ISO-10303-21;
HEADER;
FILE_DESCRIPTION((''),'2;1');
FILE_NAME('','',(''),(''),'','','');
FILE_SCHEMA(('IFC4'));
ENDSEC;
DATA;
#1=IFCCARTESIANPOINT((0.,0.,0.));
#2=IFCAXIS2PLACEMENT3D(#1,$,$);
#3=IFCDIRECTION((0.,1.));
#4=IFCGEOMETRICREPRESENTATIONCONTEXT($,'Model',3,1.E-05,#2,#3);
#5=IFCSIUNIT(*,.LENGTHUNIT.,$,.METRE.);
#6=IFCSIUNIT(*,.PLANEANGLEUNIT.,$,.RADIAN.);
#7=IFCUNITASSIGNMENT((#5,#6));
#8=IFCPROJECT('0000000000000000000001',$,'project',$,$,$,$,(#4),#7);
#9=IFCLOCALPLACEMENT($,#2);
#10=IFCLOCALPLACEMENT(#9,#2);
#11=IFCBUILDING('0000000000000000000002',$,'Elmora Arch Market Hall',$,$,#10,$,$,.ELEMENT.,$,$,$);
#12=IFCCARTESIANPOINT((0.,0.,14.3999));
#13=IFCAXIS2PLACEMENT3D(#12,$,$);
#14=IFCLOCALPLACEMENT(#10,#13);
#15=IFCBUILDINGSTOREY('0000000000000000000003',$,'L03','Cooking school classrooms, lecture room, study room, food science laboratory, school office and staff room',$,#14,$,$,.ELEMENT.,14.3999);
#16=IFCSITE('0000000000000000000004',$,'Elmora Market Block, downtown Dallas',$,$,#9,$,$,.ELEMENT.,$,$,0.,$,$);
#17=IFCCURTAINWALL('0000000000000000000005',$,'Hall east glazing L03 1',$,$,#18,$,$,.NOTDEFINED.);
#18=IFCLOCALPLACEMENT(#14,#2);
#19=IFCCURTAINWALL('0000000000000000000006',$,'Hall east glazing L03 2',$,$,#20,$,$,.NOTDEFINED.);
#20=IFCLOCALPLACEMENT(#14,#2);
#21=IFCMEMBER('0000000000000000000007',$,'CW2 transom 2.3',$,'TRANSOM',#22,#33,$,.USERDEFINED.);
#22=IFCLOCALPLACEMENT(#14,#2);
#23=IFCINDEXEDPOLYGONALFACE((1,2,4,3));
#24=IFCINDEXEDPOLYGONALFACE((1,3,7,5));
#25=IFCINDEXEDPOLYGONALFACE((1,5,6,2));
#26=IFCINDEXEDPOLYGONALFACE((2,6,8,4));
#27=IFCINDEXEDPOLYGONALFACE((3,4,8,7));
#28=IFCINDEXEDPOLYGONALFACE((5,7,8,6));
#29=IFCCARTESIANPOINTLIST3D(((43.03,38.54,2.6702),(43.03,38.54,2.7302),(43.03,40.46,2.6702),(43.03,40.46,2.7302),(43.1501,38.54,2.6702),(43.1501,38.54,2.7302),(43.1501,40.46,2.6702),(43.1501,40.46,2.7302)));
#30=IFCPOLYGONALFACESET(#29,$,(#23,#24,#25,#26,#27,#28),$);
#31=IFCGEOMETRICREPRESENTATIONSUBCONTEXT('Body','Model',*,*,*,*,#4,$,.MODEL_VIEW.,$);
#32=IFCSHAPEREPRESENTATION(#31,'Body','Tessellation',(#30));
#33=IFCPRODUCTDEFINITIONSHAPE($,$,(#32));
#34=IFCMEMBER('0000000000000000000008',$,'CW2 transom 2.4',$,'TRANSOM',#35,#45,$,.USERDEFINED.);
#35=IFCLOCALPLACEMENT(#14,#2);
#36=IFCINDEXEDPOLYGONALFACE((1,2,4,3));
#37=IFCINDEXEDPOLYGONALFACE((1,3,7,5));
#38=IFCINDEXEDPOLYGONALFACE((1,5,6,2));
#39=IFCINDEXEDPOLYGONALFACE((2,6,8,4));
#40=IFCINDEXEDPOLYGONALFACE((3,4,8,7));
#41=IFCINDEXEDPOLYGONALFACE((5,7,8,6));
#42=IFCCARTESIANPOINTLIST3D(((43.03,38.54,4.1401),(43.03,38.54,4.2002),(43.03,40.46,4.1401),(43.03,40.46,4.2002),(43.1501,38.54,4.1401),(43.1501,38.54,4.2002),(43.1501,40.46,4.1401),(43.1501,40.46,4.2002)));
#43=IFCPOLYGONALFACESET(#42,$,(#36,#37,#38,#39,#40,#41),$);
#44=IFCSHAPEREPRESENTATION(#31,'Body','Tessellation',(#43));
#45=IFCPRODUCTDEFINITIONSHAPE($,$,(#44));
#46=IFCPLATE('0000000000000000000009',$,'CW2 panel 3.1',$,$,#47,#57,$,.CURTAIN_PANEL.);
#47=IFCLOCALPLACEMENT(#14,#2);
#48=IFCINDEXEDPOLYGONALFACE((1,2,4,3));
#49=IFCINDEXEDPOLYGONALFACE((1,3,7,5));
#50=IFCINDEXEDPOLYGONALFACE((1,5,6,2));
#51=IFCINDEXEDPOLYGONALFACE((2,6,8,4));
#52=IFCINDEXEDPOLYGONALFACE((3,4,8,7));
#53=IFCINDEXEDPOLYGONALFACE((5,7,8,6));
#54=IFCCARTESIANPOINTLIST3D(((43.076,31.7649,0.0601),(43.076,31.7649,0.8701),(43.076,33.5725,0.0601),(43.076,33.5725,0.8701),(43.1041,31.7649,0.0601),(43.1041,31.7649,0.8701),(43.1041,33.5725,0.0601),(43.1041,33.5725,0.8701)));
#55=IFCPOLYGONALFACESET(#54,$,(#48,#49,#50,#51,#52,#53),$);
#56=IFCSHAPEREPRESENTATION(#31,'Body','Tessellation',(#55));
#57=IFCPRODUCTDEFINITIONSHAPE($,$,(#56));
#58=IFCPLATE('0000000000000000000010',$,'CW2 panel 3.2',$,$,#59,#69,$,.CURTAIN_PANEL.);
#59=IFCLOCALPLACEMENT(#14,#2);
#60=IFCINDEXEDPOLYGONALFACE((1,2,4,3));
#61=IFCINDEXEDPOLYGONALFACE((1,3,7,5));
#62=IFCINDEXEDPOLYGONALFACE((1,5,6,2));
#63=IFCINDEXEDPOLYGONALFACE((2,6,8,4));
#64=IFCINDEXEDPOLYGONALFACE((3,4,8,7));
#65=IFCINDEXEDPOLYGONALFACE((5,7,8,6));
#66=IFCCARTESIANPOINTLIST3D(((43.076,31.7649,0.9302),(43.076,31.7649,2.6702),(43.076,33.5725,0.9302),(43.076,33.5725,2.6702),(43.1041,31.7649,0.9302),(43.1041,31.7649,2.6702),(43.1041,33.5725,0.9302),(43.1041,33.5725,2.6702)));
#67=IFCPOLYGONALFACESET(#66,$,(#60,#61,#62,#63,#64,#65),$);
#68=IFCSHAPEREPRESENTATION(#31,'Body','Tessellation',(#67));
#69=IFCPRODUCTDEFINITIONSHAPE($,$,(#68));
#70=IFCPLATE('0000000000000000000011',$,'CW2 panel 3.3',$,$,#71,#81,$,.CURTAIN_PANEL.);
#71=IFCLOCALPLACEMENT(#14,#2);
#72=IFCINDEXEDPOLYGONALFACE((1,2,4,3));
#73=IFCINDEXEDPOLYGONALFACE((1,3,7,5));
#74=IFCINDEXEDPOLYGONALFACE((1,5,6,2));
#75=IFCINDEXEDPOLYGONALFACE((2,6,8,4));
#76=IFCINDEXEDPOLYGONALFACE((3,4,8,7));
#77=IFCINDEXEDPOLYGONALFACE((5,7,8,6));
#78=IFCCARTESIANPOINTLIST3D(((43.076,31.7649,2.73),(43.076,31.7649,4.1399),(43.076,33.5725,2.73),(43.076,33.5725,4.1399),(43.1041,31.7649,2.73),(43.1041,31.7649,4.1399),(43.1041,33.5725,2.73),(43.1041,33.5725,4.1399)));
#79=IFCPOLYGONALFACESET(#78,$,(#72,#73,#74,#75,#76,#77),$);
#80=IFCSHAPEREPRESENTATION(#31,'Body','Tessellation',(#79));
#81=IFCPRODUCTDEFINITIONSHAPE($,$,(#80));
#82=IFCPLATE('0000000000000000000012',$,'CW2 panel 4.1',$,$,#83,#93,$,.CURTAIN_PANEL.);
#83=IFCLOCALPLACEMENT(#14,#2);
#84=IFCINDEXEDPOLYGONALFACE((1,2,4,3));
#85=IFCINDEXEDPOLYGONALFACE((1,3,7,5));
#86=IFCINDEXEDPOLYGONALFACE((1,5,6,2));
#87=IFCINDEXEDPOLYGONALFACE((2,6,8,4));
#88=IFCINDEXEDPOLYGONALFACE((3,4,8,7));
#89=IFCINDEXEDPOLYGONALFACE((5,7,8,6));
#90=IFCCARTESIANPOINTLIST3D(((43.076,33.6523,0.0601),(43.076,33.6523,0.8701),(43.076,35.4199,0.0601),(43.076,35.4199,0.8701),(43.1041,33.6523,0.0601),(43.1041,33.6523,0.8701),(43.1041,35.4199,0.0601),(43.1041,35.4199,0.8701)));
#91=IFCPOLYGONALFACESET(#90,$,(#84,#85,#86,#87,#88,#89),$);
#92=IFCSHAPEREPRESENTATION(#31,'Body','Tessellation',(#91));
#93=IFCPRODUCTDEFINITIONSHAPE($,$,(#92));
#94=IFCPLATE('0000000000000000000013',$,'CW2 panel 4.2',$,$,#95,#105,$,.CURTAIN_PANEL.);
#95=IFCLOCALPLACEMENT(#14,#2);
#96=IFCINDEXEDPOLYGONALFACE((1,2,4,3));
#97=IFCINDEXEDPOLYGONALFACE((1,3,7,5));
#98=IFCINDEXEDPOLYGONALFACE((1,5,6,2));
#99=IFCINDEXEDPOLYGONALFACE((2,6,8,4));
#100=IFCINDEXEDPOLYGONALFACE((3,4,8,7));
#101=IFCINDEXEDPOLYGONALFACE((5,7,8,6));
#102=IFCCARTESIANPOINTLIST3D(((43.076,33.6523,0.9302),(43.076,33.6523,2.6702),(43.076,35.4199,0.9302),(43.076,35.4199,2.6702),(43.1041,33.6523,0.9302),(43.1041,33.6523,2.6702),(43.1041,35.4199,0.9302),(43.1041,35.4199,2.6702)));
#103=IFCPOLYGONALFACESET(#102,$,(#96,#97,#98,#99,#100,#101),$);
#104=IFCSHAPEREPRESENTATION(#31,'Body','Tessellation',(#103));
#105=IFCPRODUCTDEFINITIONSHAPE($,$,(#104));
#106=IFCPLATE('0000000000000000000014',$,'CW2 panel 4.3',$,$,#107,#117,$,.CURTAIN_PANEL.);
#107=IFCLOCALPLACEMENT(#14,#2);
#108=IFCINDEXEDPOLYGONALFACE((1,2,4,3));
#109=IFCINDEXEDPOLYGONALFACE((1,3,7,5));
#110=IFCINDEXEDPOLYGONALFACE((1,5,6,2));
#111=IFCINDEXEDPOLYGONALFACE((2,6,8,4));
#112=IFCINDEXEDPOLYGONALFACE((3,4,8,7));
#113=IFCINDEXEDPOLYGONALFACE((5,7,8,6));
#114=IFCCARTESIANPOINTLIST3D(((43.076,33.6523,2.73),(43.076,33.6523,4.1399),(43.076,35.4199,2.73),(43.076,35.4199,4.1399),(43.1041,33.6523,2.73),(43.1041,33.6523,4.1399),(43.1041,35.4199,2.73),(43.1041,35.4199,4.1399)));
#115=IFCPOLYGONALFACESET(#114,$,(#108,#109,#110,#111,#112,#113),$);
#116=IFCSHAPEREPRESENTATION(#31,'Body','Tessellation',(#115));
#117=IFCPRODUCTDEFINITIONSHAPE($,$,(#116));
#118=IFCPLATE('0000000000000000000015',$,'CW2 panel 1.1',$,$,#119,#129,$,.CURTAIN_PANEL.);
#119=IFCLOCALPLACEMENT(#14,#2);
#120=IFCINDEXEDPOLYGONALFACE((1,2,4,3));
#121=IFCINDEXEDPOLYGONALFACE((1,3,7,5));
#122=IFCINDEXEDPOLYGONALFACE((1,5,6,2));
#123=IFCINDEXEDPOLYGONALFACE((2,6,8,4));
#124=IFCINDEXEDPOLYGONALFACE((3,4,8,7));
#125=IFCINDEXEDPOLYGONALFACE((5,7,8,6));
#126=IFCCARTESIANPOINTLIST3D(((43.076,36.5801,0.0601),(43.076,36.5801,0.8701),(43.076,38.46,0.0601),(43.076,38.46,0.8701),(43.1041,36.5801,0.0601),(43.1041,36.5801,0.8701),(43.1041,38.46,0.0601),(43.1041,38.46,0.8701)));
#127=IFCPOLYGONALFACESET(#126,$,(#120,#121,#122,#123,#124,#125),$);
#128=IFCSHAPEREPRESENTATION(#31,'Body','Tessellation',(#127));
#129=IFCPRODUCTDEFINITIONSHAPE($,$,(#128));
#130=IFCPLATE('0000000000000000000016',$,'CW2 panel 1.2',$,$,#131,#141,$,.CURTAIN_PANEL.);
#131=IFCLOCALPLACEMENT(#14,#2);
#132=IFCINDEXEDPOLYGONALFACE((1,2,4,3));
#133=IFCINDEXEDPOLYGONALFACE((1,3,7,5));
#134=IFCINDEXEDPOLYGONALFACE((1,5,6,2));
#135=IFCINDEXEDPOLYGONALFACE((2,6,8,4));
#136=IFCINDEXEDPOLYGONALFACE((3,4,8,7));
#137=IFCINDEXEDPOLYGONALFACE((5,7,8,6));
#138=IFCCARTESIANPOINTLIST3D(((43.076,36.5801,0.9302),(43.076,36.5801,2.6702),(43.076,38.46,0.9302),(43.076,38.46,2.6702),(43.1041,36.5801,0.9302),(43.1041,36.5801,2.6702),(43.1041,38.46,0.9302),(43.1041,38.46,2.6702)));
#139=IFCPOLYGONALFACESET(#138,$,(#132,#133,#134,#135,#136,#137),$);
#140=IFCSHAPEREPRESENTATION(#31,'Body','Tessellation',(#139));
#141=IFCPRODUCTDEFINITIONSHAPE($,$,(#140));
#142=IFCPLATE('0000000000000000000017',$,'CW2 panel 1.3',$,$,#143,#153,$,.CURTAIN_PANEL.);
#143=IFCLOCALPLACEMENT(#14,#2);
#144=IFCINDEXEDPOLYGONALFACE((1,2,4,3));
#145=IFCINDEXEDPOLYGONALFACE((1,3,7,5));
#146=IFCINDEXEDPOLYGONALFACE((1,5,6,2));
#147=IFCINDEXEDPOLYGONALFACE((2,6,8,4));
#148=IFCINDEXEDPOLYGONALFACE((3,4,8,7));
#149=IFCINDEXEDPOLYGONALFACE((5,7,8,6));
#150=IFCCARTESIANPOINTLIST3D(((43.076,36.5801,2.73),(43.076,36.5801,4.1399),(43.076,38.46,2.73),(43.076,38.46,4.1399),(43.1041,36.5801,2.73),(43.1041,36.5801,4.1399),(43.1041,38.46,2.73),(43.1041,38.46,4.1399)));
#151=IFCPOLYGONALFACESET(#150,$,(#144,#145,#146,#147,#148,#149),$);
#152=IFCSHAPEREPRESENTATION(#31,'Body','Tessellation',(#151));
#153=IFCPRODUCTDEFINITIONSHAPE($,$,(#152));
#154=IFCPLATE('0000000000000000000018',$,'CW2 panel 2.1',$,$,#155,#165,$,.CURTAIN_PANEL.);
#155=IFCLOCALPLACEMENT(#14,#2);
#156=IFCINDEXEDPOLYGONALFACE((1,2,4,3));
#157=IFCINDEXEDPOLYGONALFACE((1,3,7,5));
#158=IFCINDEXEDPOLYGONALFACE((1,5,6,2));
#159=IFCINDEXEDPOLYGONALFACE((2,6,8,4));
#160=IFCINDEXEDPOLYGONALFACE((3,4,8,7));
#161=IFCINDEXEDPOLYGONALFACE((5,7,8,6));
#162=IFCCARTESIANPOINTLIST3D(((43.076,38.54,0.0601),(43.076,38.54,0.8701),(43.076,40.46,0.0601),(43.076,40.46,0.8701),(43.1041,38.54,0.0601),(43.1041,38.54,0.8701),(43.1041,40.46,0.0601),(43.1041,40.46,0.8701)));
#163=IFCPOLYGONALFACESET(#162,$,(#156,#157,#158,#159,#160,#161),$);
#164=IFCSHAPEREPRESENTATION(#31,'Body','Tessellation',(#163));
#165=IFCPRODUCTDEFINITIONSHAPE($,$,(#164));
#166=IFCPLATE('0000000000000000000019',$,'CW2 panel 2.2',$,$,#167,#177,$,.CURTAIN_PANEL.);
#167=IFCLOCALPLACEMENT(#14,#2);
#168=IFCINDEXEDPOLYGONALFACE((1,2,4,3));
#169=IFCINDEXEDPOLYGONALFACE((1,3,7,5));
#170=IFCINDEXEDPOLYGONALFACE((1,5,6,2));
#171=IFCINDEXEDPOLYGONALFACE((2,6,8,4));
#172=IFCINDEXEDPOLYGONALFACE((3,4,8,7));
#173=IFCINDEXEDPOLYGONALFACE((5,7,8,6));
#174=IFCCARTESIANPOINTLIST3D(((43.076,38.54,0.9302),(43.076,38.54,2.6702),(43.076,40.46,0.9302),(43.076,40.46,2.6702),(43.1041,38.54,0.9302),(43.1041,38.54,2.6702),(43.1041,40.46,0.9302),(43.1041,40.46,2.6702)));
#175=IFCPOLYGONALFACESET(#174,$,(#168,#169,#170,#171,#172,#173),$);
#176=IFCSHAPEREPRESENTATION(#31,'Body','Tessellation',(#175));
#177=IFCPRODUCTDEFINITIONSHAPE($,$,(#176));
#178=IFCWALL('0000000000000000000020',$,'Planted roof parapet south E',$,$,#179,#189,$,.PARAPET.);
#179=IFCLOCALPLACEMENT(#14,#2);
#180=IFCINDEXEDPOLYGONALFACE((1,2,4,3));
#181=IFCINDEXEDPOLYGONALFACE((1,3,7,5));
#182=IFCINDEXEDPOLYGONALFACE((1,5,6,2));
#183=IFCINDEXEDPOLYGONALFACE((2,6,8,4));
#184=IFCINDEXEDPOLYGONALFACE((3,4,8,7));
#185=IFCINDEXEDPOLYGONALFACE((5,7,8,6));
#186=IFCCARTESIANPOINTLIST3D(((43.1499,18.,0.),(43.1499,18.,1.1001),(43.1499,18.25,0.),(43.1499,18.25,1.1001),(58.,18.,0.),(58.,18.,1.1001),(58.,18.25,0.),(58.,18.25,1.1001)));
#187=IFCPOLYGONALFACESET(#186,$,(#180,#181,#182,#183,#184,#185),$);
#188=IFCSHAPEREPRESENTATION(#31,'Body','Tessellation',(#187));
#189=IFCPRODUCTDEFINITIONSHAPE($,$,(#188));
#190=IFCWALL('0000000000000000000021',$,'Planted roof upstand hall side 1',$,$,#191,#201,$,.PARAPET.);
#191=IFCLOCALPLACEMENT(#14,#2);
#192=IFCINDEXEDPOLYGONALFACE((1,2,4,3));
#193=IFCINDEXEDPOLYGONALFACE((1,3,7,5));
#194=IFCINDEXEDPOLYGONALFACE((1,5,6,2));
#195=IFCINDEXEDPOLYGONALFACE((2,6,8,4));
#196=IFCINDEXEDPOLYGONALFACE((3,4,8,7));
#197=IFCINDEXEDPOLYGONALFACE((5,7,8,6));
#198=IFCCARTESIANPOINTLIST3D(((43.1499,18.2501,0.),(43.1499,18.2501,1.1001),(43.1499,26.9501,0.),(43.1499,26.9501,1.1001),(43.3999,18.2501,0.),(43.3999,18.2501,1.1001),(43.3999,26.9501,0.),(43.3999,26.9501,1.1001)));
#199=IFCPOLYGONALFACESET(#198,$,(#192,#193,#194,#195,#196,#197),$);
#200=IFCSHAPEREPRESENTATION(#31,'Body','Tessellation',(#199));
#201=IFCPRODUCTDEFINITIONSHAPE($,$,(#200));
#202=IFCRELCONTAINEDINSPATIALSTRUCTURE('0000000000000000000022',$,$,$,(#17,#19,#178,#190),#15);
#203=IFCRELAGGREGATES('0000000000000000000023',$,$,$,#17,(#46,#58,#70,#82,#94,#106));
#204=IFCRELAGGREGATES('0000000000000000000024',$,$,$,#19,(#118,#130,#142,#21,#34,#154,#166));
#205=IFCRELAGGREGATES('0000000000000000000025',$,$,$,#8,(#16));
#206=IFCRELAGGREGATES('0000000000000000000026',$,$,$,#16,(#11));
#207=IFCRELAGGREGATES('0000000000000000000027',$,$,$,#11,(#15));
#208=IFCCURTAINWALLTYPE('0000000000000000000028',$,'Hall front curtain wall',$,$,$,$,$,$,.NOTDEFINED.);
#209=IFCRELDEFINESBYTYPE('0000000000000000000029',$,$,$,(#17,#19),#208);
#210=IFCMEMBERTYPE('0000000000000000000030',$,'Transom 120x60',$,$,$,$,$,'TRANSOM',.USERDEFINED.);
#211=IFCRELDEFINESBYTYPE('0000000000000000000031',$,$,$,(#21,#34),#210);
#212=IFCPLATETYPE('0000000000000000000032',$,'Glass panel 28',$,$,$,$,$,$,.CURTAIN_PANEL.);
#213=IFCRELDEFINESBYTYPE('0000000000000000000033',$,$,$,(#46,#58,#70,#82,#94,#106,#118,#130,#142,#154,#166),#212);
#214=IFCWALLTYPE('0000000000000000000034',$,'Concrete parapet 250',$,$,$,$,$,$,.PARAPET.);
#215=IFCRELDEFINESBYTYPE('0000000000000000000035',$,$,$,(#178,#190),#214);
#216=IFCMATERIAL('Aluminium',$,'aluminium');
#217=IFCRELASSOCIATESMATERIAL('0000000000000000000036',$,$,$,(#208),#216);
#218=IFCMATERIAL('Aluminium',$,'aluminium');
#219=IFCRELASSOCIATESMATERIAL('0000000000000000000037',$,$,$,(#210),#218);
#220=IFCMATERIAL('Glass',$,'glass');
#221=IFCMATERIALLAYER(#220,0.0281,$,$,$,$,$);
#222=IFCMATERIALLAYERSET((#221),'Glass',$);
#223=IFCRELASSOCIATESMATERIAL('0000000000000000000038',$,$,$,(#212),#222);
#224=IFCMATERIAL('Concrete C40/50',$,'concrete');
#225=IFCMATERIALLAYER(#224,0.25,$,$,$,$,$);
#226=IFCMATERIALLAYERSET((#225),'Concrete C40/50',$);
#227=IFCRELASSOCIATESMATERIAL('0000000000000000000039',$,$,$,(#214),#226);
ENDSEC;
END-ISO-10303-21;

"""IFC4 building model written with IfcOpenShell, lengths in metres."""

from ifc_helpers import new_model, si_unit, direction, frame, frame_2d, origin, origin_2d, place, context, subcontext, project, spatial, rectangle, extrude, material, layer, layer_set, material_profile, profile_set, type_object, element, aggregate, save


model = new_model("IFC4")

# Units and contexts
model_context = context("Model", 3, precision=1e-05, world=origin(), true_north=direction((0.0, 1.0)))
body_context = subcontext(model_context, "Body", "Model", "MODEL_VIEW")
ifc_project = project(units=[si_unit("LENGTHUNIT", "METRE"), si_unit("PLANEANGLEUNIT", "RADIAN")], contexts=[model_context])

# Site, building, storey
site_placement = place(None, origin())
site = spatial("IfcSite", under=ifc_project, at=site_placement, Name="Elmora Market Block, downtown Dallas", CompositionType="ELEMENT", RefElevation=0.0)
building_placement = place(site_placement, origin())
building = spatial("IfcBuilding", under=site, at=building_placement, Name="Elmora Arch Market Hall", CompositionType="ELEMENT")
storey_placement = place(building_placement, frame((0.0, 0.0, 14.3999)))
storey = spatial("IfcBuildingStorey", under=building, at=storey_placement, Name="L03", Description="Cooking school classrooms, lecture room, study room, food science laboratory, school office and staff room", CompositionType="ELEMENT", Elevation=14.3999)

# Curtain walls
ifc_material_1 = material(Name="Aluminium", Category="aluminium")
curtain_wall_type = type_object("IfcCurtainWallType", Name="Hall front curtain wall", PredefinedType="NOTDEFINED", material=ifc_material_1)
curtain_wall_1_placement = place(storey_placement, origin())
curtain_wall_1 = element("IfcCurtainWall", 1, at=curtain_wall_1_placement, inside=storey, type_object=curtain_wall_type, Name="Hall east glazing L03 1", PredefinedType="NOTDEFINED")
curtain_wall_2_placement = place(storey_placement, origin())
curtain_wall_2 = element("IfcCurtainWall", 2, at=curtain_wall_2_placement, inside=storey, type_object=curtain_wall_type, Name="Hall east glazing L03 2", PredefinedType="NOTDEFINED")

# Members
ifc_material_2 = material(Name="Aluminium", Category="aluminium")
ifc_material_profile_1 = material_profile(ifc_material_2, rectangle(XDim=0.1201, YDim=0.0601, at=origin_2d()), Name="AL 120x60")
ifc_profile_set_1 = profile_set([ifc_material_profile_1], Name="Aluminium")
member_type_1 = type_object("IfcMemberType", Name="Transom 120x60", ElementType="TRANSOM", PredefinedType="USERDEFINED", material=ifc_profile_set_1)
member_1_placement = place(storey_placement, frame((43.0901, 38.54, 2.7002), z_axis=(0.0, 1.0, 0.0), x_axis=(-1.0, 0.0, 0.0)))
member_1 = element("IfcMember", 3, at=member_1_placement, type_object=member_type_1, Name="CW2 transom 2.3", ObjectType="TRANSOM", PredefinedType="USERDEFINED", context=body_context, shape_type="SweptSolid", body=[
    extrude(rectangle(XDim=0.1201, YDim=0.0601, at=origin_2d()), origin(), (0.0, 0.0, 1.0), 1.9199),
])
member_2_placement = place(storey_placement, frame((43.0901, 38.54, 4.1702), z_axis=(0.0, 1.0, 0.0), x_axis=(-1.0, 0.0, 0.0)))
member_2 = element("IfcMember", 4, at=member_2_placement, type_object=member_type_1, Name="CW2 transom 2.4", ObjectType="TRANSOM", PredefinedType="USERDEFINED", context=body_context, shape_type="SweptSolid", body=[
    extrude(rectangle(XDim=0.1201, YDim=0.0601, at=origin_2d()), origin(), (0.0, 0.0, 1.0), 1.9199),
])

# Plates
ifc_material_3 = material(Name="Glass", Category="glass")
ifc_layer_1 = layer(ifc_material_3, 0.0281)
ifc_layer_set_1 = layer_set([ifc_layer_1], Name="Glass")
plate_type = type_object("IfcPlateType", Name="Glass panel 28", PredefinedType="CURTAIN_PANEL", material=ifc_layer_set_1)
plate_1_placement = place(storey_placement, frame((43.0901, 32.6687, 0.0601), z_axis=(0.0, 0.0, 1.0), x_axis=(0.0, 1.0, 0.0)))
plate_1 = element("IfcPlate", 5, at=plate_1_placement, type_object=plate_type, Name="CW2 panel 3.1", PredefinedType="CURTAIN_PANEL", context=body_context, shape_type="SweptSolid", body=[
    extrude(rectangle(XDim=1.8076, YDim=0.0281, at=origin_2d()), origin(), (0.0, 0.0, 1.0), 0.8101),
])
plate_2_placement = place(storey_placement, frame((43.0901, 32.6687, 0.9302), z_axis=(0.0, 0.0, 1.0), x_axis=(0.0, 1.0, 0.0)))
plate_2 = element("IfcPlate", 6, at=plate_2_placement, type_object=plate_type, Name="CW2 panel 3.2", PredefinedType="CURTAIN_PANEL", context=body_context, shape_type="SweptSolid", body=[
    extrude(rectangle(XDim=1.8076, YDim=0.0281, at=origin_2d()), origin(), (0.0, 0.0, 1.0), 1.74),
])
plate_3_placement = place(storey_placement, frame((43.0901, 32.6687, 2.73), z_axis=(0.0, 0.0, 1.0), x_axis=(0.0, 1.0, 0.0)))
plate_3 = element("IfcPlate", 7, at=plate_3_placement, type_object=plate_type, Name="CW2 panel 3.3", PredefinedType="CURTAIN_PANEL", context=body_context, shape_type="SweptSolid", body=[
    extrude(rectangle(XDim=1.8076, YDim=0.0281, at=origin_2d()), origin(), (0.0, 0.0, 1.0), 1.4099),
])
plate_4_placement = place(storey_placement, frame((43.0901, 34.5361, 0.0601), z_axis=(0.0, 0.0, 1.0), x_axis=(0.0, 1.0, 0.0)))
plate_4 = element("IfcPlate", 8, at=plate_4_placement, type_object=plate_type, Name="CW2 panel 4.1", PredefinedType="CURTAIN_PANEL", context=body_context, shape_type="SweptSolid", body=[
    extrude(rectangle(XDim=1.7676, YDim=0.0281, at=origin_2d()), origin(), (0.0, 0.0, 1.0), 0.8101),
])
plate_5_placement = place(storey_placement, frame((43.0901, 34.5361, 0.9302), z_axis=(0.0, 0.0, 1.0), x_axis=(0.0, 1.0, 0.0)))
plate_5 = element("IfcPlate", 9, at=plate_5_placement, type_object=plate_type, Name="CW2 panel 4.2", PredefinedType="CURTAIN_PANEL", context=body_context, shape_type="SweptSolid", body=[
    extrude(rectangle(XDim=1.7676, YDim=0.0281, at=origin_2d()), origin(), (0.0, 0.0, 1.0), 1.74),
])
plate_6_placement = place(storey_placement, frame((43.0901, 34.5361, 2.73), z_axis=(0.0, 0.0, 1.0), x_axis=(0.0, 1.0, 0.0)))
plate_6 = element("IfcPlate", 10, at=plate_6_placement, type_object=plate_type, Name="CW2 panel 4.3", PredefinedType="CURTAIN_PANEL", context=body_context, shape_type="SweptSolid", body=[
    extrude(rectangle(XDim=1.7676, YDim=0.0281, at=origin_2d()), origin(), (0.0, 0.0, 1.0), 1.4099),
])
aggregate(curtain_wall_1, [plate_1, plate_2, plate_3, plate_4, plate_5, plate_6])
plate_7_placement = place(storey_placement, frame((43.0901, 37.52, 0.0601), z_axis=(0.0, 0.0, 1.0), x_axis=(0.0, 1.0, 0.0)))
plate_7 = element("IfcPlate", 11, at=plate_7_placement, type_object=plate_type, Name="CW2 panel 1.1", PredefinedType="CURTAIN_PANEL", context=body_context, shape_type="SweptSolid", body=[
    extrude(rectangle(XDim=1.8799, YDim=0.0281, at=origin_2d()), origin(), (0.0, 0.0, 1.0), 0.8101),
])
plate_8_placement = place(storey_placement, frame((43.0901, 37.52, 0.9302), z_axis=(0.0, 0.0, 1.0), x_axis=(0.0, 1.0, 0.0)))
plate_8 = element("IfcPlate", 12, at=plate_8_placement, type_object=plate_type, Name="CW2 panel 1.2", PredefinedType="CURTAIN_PANEL", context=body_context, shape_type="SweptSolid", body=[
    extrude(rectangle(XDim=1.8799, YDim=0.0281, at=origin_2d()), origin(), (0.0, 0.0, 1.0), 1.74),
])
plate_9_placement = place(storey_placement, frame((43.0901, 37.52, 2.73), z_axis=(0.0, 0.0, 1.0), x_axis=(0.0, 1.0, 0.0)))
plate_9 = element("IfcPlate", 13, at=plate_9_placement, type_object=plate_type, Name="CW2 panel 1.3", PredefinedType="CURTAIN_PANEL", context=body_context, shape_type="SweptSolid", body=[
    extrude(rectangle(XDim=1.8799, YDim=0.0281, at=origin_2d()), origin(), (0.0, 0.0, 1.0), 1.4099),
])
plate_10_placement = place(storey_placement, frame((43.0901, 39.5, 0.0601), z_axis=(0.0, 0.0, 1.0), x_axis=(0.0, 1.0, 0.0)))
plate_10 = element("IfcPlate", 14, at=plate_10_placement, type_object=plate_type, Name="CW2 panel 2.1", PredefinedType="CURTAIN_PANEL", context=body_context, shape_type="SweptSolid", body=[
    extrude(rectangle(XDim=1.9199, YDim=0.0281, at=origin_2d()), origin(), (0.0, 0.0, 1.0), 0.8101),
])
plate_11_placement = place(storey_placement, frame((43.0901, 39.5, 0.9302), z_axis=(0.0, 0.0, 1.0), x_axis=(0.0, 1.0, 0.0)))
plate_11 = element("IfcPlate", 15, at=plate_11_placement, type_object=plate_type, Name="CW2 panel 2.2", PredefinedType="CURTAIN_PANEL", context=body_context, shape_type="SweptSolid", body=[
    extrude(rectangle(XDim=1.9199, YDim=0.0281, at=origin_2d()), origin(), (0.0, 0.0, 1.0), 1.74),
])
aggregate(curtain_wall_2, [plate_7, plate_8, plate_9, member_1, member_2, plate_10, plate_11])

# Walls
ifc_material_4 = material(Name="Concrete C40/50", Category="concrete")
ifc_layer_2 = layer(ifc_material_4, 0.25)
ifc_layer_set_2 = layer_set([ifc_layer_2], Name="Concrete C40/50")
wall_type = type_object("IfcWallType", Name="Concrete parapet 250", PredefinedType="PARAPET", material=ifc_layer_set_2)
wall_1_placement = place(storey_placement, frame((58.0, 18.125, 0.0), z_axis=(0.0, 0.0, 1.0), x_axis=(-1.0, 0.0, 0.0)))
element("IfcWall", 16, at=wall_1_placement, inside=storey, type_object=wall_type, Name="Planted roof parapet south E", PredefinedType="PARAPET", context=body_context, shape_type="SweptSolid", body=[
    extrude(rectangle(XDim=14.8501, YDim=0.25, at=frame_2d((7.425, 0.0))), origin(), (0.0, 0.0, 1.0), 1.1001),
])
wall_2_placement = place(storey_placement, frame((43.2749, 18.25, 0.0), z_axis=(0.0, 0.0, 1.0), x_axis=(0.0, 1.0, 0.0)))
element("IfcWall", 17, at=wall_2_placement, inside=storey, type_object=wall_type, Name="Planted roof upstand hall side 1", PredefinedType="PARAPET", context=body_context, shape_type="SweptSolid", body=[
    extrude(rectangle(XDim=8.7, YDim=0.25, at=frame_2d((4.3501, 0.0))), origin(), (0.0, 0.0, 1.0), 1.1001),
])

save(model, "model.ifc")
